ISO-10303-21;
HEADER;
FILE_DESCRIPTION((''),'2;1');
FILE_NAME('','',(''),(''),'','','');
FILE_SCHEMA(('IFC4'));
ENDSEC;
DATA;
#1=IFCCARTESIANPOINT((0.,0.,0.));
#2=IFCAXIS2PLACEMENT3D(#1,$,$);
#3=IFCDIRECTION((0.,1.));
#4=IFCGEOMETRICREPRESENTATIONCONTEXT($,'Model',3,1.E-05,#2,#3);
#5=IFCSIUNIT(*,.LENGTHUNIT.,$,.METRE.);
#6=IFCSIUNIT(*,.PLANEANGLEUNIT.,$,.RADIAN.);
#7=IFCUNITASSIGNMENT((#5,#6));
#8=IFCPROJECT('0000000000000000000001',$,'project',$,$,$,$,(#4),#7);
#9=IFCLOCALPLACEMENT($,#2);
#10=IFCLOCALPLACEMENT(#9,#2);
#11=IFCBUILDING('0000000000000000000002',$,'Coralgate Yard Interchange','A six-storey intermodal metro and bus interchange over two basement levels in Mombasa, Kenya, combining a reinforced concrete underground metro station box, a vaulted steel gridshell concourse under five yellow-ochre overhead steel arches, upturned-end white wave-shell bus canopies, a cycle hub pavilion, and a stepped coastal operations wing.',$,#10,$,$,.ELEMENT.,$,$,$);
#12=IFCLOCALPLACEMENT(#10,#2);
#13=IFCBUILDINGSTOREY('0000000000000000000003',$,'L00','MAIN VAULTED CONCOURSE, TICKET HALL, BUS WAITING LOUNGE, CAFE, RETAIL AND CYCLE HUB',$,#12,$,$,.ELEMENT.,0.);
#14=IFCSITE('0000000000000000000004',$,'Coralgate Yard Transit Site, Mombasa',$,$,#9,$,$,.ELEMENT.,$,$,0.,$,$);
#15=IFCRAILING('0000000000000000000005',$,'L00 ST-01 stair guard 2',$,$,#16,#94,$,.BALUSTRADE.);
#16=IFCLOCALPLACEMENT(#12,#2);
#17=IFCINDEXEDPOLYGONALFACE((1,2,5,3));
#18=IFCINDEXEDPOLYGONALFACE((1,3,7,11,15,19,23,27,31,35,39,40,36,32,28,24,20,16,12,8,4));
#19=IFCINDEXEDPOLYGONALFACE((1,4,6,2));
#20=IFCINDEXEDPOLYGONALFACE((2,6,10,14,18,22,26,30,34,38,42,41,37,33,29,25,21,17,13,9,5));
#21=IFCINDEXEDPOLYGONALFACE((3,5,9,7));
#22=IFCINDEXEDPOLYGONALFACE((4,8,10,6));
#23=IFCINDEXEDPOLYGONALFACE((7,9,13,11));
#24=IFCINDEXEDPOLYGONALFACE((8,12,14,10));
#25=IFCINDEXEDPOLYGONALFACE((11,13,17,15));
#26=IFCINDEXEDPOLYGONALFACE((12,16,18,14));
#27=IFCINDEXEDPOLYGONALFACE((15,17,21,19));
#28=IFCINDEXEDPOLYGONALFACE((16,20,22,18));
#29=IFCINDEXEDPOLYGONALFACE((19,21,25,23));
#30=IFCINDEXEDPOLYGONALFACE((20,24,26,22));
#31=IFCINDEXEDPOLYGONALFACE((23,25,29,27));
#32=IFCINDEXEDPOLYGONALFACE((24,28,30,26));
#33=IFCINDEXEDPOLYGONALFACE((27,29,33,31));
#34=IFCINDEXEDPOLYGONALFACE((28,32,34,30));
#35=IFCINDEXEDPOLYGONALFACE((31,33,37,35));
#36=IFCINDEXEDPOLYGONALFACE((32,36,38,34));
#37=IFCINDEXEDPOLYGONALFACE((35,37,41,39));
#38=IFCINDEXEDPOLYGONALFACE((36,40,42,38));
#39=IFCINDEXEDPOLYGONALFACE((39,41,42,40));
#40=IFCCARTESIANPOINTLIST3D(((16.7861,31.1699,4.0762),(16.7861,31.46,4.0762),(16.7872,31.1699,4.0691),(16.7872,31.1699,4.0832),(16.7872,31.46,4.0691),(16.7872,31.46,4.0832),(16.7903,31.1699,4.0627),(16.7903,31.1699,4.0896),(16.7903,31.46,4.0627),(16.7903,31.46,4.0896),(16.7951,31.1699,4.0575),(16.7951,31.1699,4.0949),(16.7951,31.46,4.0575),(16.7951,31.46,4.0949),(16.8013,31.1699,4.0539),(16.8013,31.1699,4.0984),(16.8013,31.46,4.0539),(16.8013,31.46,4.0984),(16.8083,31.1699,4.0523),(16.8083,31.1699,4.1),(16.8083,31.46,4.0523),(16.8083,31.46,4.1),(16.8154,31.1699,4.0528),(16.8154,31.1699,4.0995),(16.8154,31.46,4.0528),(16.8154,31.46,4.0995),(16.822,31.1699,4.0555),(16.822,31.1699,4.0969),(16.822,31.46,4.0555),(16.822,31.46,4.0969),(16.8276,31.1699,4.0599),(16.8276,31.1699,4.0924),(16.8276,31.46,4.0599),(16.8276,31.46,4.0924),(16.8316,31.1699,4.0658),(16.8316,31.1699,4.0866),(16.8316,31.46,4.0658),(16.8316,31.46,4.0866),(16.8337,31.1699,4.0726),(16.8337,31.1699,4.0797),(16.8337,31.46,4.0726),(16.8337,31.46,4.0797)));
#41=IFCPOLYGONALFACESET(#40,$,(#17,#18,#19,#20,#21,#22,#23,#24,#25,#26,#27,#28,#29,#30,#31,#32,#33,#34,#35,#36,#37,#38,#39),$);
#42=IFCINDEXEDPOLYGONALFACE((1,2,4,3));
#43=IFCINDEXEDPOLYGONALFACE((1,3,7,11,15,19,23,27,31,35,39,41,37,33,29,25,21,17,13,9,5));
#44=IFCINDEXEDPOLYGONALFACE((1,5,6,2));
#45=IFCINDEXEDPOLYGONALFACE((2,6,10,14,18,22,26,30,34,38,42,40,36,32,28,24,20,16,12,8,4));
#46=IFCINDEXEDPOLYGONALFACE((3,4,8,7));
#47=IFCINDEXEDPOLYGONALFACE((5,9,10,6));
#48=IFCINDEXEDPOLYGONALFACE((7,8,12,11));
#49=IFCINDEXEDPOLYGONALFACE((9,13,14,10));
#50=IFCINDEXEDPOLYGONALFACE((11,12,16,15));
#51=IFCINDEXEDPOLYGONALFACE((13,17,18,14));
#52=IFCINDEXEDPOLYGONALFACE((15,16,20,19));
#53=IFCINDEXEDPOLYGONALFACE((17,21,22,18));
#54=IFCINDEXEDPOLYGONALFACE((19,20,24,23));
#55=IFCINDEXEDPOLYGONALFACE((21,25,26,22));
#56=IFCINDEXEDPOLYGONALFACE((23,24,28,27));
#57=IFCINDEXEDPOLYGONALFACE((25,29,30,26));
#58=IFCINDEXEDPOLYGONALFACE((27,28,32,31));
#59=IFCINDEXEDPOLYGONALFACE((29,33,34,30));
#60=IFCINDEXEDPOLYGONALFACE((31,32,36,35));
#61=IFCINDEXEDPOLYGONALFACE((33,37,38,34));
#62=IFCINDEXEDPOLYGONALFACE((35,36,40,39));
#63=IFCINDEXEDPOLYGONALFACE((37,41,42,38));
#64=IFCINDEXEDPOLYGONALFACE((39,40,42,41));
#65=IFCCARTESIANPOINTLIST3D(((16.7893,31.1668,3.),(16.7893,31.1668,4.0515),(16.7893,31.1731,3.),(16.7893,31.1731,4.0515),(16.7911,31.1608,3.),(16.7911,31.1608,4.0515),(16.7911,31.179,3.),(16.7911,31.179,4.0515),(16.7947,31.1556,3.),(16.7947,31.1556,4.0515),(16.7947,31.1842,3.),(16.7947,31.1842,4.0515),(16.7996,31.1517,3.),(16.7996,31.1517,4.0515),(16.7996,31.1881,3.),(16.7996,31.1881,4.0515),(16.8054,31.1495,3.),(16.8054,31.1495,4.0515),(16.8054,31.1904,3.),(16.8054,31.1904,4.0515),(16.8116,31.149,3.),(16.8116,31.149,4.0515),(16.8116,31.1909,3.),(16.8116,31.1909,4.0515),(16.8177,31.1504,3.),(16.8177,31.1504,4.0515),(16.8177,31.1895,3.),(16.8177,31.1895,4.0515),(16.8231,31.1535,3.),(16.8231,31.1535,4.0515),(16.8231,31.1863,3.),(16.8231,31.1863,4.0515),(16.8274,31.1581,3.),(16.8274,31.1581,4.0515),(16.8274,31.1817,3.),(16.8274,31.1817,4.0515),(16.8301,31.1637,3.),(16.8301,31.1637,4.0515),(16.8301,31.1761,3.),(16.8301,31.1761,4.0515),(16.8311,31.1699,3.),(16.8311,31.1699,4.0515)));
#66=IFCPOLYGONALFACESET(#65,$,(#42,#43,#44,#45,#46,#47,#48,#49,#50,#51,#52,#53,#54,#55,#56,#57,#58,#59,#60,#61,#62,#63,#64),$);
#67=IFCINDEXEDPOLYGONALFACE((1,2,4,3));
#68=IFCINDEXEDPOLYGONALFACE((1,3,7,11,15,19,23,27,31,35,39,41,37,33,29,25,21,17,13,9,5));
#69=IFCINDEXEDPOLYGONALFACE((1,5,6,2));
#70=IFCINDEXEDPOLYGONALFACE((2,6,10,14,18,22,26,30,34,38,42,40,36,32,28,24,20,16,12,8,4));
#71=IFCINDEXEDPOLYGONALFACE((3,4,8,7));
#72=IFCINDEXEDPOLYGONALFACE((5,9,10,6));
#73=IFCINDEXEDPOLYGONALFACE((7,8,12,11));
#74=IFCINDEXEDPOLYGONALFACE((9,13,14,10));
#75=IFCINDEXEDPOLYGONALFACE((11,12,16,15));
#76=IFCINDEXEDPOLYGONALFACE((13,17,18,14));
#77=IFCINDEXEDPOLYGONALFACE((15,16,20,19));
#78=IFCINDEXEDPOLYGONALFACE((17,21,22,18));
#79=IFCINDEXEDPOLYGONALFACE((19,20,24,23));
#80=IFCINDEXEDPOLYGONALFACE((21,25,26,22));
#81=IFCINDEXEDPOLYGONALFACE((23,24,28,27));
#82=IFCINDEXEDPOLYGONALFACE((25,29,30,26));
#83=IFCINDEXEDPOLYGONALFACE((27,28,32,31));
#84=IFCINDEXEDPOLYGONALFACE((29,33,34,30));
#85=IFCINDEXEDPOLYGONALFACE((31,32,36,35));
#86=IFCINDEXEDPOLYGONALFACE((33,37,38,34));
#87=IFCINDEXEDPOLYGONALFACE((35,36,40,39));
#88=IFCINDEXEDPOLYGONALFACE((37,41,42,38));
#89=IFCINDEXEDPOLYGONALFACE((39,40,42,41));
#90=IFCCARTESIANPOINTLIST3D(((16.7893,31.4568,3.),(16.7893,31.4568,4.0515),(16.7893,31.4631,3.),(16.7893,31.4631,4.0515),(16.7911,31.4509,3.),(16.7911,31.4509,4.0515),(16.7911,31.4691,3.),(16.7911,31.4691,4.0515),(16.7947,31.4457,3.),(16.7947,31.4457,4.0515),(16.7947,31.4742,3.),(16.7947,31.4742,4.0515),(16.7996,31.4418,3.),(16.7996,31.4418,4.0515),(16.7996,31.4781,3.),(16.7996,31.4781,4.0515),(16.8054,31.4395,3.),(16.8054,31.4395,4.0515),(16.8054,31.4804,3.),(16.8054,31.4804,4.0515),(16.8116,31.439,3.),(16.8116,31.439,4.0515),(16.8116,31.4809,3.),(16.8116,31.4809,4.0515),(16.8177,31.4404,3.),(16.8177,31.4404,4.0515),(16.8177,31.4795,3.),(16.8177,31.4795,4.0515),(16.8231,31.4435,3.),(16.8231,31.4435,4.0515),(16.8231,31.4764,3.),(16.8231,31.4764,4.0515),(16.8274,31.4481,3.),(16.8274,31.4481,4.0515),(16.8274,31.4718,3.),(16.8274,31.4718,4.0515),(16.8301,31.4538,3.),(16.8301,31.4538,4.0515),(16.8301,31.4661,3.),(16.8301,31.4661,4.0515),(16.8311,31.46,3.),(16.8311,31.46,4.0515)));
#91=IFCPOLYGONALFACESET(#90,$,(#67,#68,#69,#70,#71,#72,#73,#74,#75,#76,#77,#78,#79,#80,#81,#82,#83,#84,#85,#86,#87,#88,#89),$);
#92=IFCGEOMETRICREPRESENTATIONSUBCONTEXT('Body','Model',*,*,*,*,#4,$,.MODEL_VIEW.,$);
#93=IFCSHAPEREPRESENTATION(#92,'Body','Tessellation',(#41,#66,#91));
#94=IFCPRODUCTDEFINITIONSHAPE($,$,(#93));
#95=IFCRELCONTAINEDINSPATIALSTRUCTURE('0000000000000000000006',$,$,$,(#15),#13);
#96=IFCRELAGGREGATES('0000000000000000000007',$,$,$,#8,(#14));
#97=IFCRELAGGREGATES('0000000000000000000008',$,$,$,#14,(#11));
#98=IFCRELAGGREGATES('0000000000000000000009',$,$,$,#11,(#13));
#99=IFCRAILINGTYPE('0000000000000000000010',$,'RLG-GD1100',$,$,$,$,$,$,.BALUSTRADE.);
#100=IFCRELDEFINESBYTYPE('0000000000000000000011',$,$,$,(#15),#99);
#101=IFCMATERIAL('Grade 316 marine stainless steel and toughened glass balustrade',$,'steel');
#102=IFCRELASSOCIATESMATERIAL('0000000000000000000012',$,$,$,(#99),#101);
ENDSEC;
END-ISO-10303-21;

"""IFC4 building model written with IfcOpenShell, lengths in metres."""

from ifc_helpers import new_model, si_unit, direction, frame, origin, origin_2d, place, context, subcontext, project, spatial, circle, extrude, material, type_object, element, save


model = new_model("IFC4")

# Units and contexts
model_context = context("Model", 3, precision=1e-05, world=origin(), true_north=direction((0.0, 1.0)))
body_context = subcontext(model_context, "Body", "Model", "MODEL_VIEW")
ifc_project = project(units=[si_unit("LENGTHUNIT", "METRE"), si_unit("PLANEANGLEUNIT", "RADIAN")], contexts=[model_context])

# Site, building, storey
site_placement = place(None, origin())
site = spatial("IfcSite", under=ifc_project, at=site_placement, Name="Coralgate Yard Transit Site, Mombasa", CompositionType="ELEMENT", RefElevation=0.0)
building_placement = place(site_placement, origin())
building = spatial("IfcBuilding", under=site, at=building_placement, Name="Coralgate Yard Interchange", Description="A six-storey intermodal metro and bus interchange over two basement levels in Mombasa, Kenya, combining a reinforced concrete underground metro station box, a vaulted steel gridshell concourse under five yellow-ochre overhead steel arches, upturned-end white wave-shell bus canopies, a cycle hub pavilion, and a stepped coastal operations wing.", CompositionType="ELEMENT")
storey_placement = place(building_placement, origin())
storey = spatial("IfcBuildingStorey", under=building, at=storey_placement, Name="L00", Description="MAIN VAULTED CONCOURSE, TICKET HALL, BUS WAITING LOUNGE, CAFE, RETAIL AND CYCLE HUB", CompositionType="ELEMENT", Elevation=0.0)

# Railing
ifc_material_1 = material(Name="Grade 316 marine stainless steel and toughened glass balustrade", Category="steel")
railing_type_1 = type_object("IfcRailingType", Name="RLG-GD1100", PredefinedType="BALUSTRADE", material=ifc_material_1)
railing_1_placement = place(storey_placement, frame((16.8101, 31.1699, 3.0)))
element("IfcRailing", 1, at=railing_1_placement, inside=storey, type_object=railing_type_1, Name="L00 ST-01 stair guard 2", PredefinedType="BALUSTRADE", context=body_context, shape_type="SweptSolid", body=[
    extrude(circle(Radius=0.0239, at=origin_2d()), frame((0.0, 0.0, 1.0762), z_axis=(0.0, 1.0, 0.0), x_axis=(-1.0, 0.0, 0.0)), (0.0, 0.0, 1.0), 0.29),
    extrude(circle(Radius=0.021, at=origin_2d()), origin(), (0.0, 0.0, 1.0), 1.0515),
    extrude(circle(Radius=0.021, at=origin_2d()), frame((0.0, 0.29, 0.0)), (0.0, 0.0, 1.0), 1.0515),
])

save(model, "model.ifc")
